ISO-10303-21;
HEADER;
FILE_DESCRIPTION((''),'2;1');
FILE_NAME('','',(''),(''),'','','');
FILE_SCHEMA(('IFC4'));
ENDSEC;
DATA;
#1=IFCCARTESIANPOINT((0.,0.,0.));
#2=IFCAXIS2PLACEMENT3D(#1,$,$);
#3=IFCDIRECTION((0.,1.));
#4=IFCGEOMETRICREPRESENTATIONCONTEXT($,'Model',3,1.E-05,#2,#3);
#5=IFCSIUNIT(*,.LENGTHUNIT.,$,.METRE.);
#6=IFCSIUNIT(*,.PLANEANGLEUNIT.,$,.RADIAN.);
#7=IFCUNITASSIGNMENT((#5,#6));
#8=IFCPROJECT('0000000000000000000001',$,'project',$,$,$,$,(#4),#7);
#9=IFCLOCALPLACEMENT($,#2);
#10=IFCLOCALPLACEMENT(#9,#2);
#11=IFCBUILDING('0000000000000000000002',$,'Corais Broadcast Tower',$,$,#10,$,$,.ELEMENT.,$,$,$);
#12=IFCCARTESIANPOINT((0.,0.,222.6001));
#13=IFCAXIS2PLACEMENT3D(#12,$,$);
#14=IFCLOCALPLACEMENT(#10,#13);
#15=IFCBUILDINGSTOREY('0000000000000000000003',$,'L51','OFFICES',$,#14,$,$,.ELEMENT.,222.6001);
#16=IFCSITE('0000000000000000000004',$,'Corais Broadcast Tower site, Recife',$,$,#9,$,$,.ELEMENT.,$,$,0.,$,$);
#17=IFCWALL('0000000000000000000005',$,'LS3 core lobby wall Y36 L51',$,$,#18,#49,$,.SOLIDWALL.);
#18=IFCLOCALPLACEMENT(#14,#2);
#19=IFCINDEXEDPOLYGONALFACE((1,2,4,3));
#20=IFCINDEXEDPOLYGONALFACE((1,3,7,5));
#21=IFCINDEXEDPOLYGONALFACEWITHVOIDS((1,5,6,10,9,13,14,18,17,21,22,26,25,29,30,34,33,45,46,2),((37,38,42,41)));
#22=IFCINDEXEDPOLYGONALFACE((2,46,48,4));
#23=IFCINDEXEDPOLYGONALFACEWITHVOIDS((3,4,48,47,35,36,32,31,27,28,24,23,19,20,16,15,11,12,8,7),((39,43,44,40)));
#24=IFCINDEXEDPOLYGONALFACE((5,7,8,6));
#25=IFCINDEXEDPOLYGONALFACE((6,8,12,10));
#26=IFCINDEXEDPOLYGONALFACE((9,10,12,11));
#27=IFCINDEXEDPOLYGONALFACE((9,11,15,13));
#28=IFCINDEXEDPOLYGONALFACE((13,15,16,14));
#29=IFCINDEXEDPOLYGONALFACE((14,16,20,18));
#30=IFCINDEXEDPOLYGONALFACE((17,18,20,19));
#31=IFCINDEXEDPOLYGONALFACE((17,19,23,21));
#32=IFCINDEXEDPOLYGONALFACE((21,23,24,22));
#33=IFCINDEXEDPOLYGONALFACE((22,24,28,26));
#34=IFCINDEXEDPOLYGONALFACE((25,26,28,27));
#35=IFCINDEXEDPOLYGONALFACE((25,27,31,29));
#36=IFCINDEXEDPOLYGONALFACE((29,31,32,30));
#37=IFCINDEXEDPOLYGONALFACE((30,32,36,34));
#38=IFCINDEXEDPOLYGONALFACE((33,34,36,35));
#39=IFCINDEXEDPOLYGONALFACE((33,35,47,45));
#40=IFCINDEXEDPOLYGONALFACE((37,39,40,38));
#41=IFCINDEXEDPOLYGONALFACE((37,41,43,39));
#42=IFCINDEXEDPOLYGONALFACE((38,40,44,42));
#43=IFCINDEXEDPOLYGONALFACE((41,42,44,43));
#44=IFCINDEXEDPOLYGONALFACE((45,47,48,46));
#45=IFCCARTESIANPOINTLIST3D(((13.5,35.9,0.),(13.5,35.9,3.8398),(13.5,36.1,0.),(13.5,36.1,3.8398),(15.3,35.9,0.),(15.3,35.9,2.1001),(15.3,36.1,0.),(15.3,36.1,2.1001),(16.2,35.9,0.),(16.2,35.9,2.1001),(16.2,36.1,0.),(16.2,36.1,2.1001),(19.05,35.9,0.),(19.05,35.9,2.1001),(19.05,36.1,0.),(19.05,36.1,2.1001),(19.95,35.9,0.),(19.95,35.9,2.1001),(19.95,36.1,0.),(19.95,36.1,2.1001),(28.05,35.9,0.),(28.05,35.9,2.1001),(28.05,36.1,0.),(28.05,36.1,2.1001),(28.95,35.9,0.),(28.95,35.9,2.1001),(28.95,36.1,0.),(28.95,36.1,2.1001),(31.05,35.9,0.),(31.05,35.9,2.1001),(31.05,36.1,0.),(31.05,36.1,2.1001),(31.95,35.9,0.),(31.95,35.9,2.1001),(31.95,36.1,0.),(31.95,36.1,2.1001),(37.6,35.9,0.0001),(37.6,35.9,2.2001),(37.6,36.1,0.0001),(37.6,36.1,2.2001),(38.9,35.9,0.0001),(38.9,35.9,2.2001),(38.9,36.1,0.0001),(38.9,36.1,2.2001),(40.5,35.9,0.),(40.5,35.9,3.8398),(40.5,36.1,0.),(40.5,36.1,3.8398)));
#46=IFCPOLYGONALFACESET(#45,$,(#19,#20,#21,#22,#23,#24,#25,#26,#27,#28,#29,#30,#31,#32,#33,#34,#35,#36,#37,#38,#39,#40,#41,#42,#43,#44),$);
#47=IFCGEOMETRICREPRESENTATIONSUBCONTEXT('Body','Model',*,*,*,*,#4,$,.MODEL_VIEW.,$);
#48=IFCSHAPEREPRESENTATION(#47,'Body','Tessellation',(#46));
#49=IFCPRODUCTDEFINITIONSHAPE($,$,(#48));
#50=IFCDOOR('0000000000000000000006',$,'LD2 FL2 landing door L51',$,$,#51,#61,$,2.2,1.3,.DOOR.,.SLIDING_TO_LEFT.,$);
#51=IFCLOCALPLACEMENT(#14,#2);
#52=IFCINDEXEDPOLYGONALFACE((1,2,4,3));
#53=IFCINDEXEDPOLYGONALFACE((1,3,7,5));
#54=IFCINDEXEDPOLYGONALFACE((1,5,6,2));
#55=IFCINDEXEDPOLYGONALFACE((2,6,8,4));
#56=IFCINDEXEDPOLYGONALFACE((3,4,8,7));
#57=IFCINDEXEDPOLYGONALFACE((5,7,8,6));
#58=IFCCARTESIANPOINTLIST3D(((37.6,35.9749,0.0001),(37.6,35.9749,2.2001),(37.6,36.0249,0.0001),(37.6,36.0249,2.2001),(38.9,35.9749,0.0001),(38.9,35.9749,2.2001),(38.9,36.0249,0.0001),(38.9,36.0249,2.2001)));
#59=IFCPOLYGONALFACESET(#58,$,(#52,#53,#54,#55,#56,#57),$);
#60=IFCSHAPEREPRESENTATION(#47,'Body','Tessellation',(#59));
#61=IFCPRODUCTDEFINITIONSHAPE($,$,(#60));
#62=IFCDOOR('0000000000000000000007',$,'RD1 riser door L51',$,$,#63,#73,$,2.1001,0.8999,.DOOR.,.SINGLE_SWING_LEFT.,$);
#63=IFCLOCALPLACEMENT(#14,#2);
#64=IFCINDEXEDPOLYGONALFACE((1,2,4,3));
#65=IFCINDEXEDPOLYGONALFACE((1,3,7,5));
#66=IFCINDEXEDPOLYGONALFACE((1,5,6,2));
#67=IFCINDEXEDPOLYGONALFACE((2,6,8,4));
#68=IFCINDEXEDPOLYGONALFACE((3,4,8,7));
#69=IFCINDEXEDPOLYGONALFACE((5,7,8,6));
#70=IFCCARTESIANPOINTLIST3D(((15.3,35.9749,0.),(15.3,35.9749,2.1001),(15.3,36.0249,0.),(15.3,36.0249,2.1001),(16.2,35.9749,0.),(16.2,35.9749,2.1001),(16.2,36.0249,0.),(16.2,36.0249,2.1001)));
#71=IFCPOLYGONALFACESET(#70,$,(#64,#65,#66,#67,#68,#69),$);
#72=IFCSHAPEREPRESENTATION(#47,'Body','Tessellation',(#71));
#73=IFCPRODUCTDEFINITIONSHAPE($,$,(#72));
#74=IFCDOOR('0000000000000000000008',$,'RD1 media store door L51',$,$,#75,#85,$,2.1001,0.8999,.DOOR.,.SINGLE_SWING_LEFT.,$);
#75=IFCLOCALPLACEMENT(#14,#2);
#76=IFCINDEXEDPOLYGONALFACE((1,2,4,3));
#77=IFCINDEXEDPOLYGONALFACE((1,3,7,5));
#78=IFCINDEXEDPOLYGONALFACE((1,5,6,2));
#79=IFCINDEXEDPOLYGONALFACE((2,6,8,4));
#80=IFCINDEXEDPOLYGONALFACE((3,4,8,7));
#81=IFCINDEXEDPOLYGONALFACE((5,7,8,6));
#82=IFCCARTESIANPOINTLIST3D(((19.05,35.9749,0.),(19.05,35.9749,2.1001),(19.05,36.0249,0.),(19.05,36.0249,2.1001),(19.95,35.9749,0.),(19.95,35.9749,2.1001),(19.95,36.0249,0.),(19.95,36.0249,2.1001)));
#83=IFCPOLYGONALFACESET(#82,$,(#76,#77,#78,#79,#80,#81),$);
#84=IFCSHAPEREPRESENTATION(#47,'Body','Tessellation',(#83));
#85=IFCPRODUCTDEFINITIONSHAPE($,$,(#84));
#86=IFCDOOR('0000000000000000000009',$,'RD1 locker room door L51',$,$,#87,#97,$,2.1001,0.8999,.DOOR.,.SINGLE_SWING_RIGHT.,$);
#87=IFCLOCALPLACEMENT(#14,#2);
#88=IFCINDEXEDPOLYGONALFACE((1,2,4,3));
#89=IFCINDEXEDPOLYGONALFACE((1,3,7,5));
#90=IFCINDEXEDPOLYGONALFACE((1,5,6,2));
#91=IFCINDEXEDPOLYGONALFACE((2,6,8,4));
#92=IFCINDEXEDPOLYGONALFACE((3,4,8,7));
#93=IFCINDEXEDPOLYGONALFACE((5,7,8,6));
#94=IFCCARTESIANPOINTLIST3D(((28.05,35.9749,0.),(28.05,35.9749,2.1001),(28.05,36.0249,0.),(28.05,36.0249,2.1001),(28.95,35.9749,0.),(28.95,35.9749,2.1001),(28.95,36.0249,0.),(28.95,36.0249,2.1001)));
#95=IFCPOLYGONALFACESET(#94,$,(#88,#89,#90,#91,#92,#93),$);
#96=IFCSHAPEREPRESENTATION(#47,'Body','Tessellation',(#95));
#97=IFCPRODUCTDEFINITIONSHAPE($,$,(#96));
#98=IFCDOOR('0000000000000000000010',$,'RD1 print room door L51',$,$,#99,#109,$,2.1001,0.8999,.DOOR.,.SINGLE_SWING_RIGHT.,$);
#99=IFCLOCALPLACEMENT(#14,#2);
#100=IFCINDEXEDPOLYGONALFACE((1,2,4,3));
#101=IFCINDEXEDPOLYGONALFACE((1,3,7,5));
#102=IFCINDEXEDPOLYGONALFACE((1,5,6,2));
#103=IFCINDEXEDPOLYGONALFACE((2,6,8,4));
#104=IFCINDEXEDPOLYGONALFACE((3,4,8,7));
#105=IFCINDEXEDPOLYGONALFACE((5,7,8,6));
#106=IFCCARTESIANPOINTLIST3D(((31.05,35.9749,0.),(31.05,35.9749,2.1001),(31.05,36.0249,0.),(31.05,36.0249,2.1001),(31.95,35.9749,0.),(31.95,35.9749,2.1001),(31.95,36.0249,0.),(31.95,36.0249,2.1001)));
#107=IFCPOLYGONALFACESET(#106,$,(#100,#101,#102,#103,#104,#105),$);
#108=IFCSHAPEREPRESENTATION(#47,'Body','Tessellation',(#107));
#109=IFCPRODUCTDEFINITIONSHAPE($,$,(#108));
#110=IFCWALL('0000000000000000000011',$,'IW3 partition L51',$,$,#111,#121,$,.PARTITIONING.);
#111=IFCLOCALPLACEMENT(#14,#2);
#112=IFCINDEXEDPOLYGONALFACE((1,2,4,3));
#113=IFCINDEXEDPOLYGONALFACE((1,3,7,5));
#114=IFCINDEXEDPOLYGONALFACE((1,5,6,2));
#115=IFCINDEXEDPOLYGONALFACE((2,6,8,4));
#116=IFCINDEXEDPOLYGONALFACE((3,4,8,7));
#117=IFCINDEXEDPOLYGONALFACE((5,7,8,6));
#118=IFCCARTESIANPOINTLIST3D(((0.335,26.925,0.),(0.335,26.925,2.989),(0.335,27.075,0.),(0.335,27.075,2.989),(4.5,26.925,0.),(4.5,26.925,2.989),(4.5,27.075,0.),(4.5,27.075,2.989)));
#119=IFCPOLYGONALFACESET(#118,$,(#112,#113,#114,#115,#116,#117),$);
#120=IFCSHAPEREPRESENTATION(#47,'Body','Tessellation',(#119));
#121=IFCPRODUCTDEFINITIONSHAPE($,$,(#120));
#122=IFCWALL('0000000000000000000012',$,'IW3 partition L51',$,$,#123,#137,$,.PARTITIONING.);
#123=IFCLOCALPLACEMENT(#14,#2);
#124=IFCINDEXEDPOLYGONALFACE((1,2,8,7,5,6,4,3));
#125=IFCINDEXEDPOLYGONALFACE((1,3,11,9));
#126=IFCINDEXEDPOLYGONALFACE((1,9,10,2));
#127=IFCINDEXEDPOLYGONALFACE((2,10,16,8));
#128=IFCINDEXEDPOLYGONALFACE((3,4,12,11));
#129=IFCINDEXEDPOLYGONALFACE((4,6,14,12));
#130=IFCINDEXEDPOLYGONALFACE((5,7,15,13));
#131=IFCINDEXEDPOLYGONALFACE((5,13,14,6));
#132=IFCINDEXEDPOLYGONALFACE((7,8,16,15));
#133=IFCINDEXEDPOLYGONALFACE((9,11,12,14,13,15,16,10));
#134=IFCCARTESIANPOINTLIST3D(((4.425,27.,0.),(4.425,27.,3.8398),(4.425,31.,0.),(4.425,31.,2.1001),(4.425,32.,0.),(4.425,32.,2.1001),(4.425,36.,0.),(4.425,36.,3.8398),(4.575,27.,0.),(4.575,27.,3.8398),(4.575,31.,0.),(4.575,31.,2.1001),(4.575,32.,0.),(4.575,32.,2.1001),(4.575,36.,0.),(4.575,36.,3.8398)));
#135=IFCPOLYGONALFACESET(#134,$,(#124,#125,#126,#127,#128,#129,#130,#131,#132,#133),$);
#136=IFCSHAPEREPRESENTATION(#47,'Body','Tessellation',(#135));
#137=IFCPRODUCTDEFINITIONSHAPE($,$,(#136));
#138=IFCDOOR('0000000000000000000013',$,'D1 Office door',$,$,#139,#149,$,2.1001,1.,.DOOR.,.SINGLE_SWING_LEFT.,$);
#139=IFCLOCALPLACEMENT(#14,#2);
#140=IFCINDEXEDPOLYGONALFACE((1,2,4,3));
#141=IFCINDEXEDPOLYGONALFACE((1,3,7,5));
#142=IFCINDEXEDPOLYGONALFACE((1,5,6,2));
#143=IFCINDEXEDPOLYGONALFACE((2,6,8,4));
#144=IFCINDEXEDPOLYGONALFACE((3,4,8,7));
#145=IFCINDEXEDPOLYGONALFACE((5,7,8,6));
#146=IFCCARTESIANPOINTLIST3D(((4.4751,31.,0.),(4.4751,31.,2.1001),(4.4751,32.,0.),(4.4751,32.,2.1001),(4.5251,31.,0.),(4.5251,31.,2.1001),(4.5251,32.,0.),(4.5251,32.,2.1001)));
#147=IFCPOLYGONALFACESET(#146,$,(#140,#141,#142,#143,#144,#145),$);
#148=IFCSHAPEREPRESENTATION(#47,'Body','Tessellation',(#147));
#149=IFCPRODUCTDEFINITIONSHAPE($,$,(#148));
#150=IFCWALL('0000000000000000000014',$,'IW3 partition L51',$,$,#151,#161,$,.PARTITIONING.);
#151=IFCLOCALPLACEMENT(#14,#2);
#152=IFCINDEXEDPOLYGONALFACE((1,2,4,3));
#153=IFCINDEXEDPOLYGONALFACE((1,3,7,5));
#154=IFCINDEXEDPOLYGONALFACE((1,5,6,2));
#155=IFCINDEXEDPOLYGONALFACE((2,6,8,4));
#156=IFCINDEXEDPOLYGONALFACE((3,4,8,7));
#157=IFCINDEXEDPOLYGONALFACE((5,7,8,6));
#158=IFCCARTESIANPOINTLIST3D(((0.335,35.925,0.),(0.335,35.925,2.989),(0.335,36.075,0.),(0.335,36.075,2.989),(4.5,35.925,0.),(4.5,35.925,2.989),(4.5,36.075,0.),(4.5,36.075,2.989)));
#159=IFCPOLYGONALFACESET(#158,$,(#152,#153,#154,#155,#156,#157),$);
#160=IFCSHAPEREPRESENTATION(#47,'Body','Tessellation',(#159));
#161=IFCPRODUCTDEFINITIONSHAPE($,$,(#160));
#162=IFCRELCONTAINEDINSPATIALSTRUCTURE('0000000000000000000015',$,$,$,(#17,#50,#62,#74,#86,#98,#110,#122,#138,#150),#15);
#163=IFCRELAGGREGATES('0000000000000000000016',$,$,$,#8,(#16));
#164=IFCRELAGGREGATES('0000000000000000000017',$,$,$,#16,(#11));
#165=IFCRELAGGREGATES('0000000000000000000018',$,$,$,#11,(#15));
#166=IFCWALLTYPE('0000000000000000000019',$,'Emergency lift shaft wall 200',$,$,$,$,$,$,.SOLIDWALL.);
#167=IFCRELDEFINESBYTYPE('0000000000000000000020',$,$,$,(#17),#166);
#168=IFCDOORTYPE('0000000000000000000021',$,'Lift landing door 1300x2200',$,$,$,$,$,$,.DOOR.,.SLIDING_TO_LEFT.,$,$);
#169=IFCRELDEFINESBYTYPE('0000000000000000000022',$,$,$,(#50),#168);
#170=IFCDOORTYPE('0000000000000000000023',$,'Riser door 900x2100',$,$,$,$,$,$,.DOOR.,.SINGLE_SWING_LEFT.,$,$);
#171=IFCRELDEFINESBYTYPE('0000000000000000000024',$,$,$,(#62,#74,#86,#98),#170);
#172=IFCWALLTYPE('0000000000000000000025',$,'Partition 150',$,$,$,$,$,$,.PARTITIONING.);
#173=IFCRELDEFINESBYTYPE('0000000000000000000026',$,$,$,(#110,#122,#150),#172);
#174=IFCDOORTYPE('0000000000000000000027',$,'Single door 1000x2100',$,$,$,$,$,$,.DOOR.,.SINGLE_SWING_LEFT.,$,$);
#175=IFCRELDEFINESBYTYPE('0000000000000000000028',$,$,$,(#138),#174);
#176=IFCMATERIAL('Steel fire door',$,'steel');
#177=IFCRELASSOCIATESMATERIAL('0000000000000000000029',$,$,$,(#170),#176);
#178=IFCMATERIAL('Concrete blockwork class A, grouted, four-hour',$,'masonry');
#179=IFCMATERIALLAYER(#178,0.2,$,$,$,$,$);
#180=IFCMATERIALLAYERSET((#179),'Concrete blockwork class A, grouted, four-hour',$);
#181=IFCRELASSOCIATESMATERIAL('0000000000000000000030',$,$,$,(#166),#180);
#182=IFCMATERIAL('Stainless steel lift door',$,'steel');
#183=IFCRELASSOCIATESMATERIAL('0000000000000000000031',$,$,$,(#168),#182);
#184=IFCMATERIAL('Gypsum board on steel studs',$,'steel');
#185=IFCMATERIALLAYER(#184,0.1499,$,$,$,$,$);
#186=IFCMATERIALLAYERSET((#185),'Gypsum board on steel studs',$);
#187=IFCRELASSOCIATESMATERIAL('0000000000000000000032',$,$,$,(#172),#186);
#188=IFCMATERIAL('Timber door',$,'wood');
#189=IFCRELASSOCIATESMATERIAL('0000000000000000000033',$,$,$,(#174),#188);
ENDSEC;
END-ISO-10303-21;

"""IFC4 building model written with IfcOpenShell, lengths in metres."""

from ifc_helpers import new_model, si_unit, direction, frame, frame_2d, origin, place, context, subcontext, project, spatial, rectangle, extrude, material, layer, layer_set, type_object, element, fill, save


model = new_model("IFC4")

# Units and contexts
model_context = context("Model", 3, precision=1e-05, world=origin(), true_north=direction((0.0, 1.0)))
body_context = subcontext(model_context, "Body", "Model", "MODEL_VIEW")
ifc_project = project(units=[si_unit("LENGTHUNIT", "METRE"), si_unit("PLANEANGLEUNIT", "RADIAN")], contexts=[model_context])

# Site, building, storey
site_placement = place(None, origin())
site = spatial("IfcSite", under=ifc_project, at=site_placement, Name="Corais Broadcast Tower site, Recife", CompositionType="ELEMENT", RefElevation=0.0)
building_placement = place(site_placement, origin())
building = spatial("IfcBuilding", under=site, at=building_placement, Name="Corais Broadcast Tower", CompositionType="ELEMENT")
storey_placement = place(building_placement, frame((0.0, 0.0, 222.6001)))
storey = spatial("IfcBuildingStorey", under=building, at=storey_placement, Name="L51", Description="OFFICES", CompositionType="ELEMENT", Elevation=222.6001)

# Wall, openings, doors
ifc_material_1 = material(Name="Steel fire door", Category="steel")
door_type_1 = type_object("IfcDoorType", Name="Riser door 900x2100", OperationType="SINGLE_SWING_LEFT", PredefinedType="DOOR", material=ifc_material_1)
ifc_material_2 = material(Name="Concrete blockwork class A, grouted, four-hour", Category="masonry")
ifc_layer_1 = layer(ifc_material_2, 0.2)
ifc_layer_set_1 = layer_set([ifc_layer_1], Name="Concrete blockwork class A, grouted, four-hour")
wall_type_1 = type_object("IfcWallType", Name="Emergency lift shaft wall 200", PredefinedType="SOLIDWALL", material=ifc_layer_set_1)
wall_1_placement = place(storey_placement, frame((13.5, 36.0, 0.0), z_axis=(0.0, 0.0, 1.0), x_axis=(1.0, 0.0, 0.0)))
wall_1 = element("IfcWall", 1, at=wall_1_placement, inside=storey, type_object=wall_type_1, Name="LS3 core lobby wall Y36 L51", PredefinedType="SOLIDWALL", context=body_context, shape_type="SweptSolid", body=[
    extrude(rectangle(XDim=27.0, YDim=0.2, at=frame_2d((13.5, 0.0))), origin(), (0.0, 0.0, 1.0), 3.8398),
])
opening_1_placement = place(wall_1_placement, frame((1.8, 0.0, 0.0)))
opening_1 = element("IfcOpeningElement", 2, at=opening_1_placement, cuts=wall_1, PredefinedType="OPENING", context=body_context, shape_type="SweptSolid", body=[
    extrude(rectangle(XDim=0.8999, YDim=2.1001, at=frame_2d((0.45, 1.05))), frame((0.0, 0.1099, 0.0), z_axis=(0.0, -1.0, 0.0), x_axis=(1.0, 0.0, 0.0)), (0.0, 0.0, 1.0), 0.22),
])
opening_2_placement = place(wall_1_placement, frame((5.55, 0.0, 0.0)))
opening_2 = element("IfcOpeningElement", 3, at=opening_2_placement, cuts=wall_1, PredefinedType="OPENING", context=body_context, shape_type="SweptSolid", body=[
    extrude(rectangle(XDim=0.8999, YDim=2.1001, at=frame_2d((0.45, 1.05))), frame((0.0, 0.1099, 0.0), z_axis=(0.0, -1.0, 0.0), x_axis=(1.0, 0.0, 0.0)), (0.0, 0.0, 1.0), 0.22),
])
opening_3_placement = place(wall_1_placement, frame((14.55, 0.0, 0.0)))
opening_3 = element("IfcOpeningElement", 4, at=opening_3_placement, cuts=wall_1, PredefinedType="OPENING", context=body_context, shape_type="SweptSolid", body=[
    extrude(rectangle(XDim=0.8999, YDim=2.1001, at=frame_2d((0.45, 1.05))), frame((0.0, 0.1099, 0.0), z_axis=(0.0, -1.0, 0.0), x_axis=(1.0, 0.0, 0.0)), (0.0, 0.0, 1.0), 0.22),
])
opening_4_placement = place(wall_1_placement, frame((17.55, 0.0, 0.0)))
opening_4 = element("IfcOpeningElement", 5, at=opening_4_placement, cuts=wall_1, PredefinedType="OPENING", context=body_context, shape_type="SweptSolid", body=[
    extrude(rectangle(XDim=0.8999, YDim=2.1001, at=frame_2d((0.45, 1.05))), frame((0.0, 0.1099, 0.0), z_axis=(0.0, -1.0, 0.0), x_axis=(1.0, 0.0, 0.0)), (0.0, 0.0, 1.0), 0.22),
])
opening_5_placement = place(wall_1_placement, frame((24.1001, 0.0, 0.0)))
opening_5 = element("IfcOpeningElement", 6, at=opening_5_placement, cuts=wall_1, PredefinedType="OPENING", context=body_context, shape_type="SweptSolid", body=[
    extrude(rectangle(XDim=1.3, YDim=2.2, at=frame_2d((0.6499, 1.1001))), frame((0.0, 0.1099, 0.0), z_axis=(0.0, -1.0, 0.0), x_axis=(1.0, 0.0, 0.0)), (0.0, 0.0, 1.0), 0.22),
])
ifc_material_3 = material(Name="Stainless steel lift door", Category="steel")
door_type_2 = type_object("IfcDoorType", Name="Lift landing door 1300x2200", OperationType="SLIDING_TO_LEFT", PredefinedType="DOOR", material=ifc_material_3)
door_1_placement = place(opening_5_placement, origin())
door_1 = element("IfcDoor", 7, at=door_1_placement, inside=storey, type_object=door_type_2, Name="LD2 FL2 landing door L51", OperationType="SLIDING_TO_LEFT", OverallHeight=2.2, OverallWidth=1.3, PredefinedType="DOOR", context=body_context, shape_type="SweptSolid", body=[
    extrude(rectangle(XDim=1.3, YDim=2.2, at=frame_2d((0.6499, 1.1001))), frame((0.0, 0.0249, 0.0), z_axis=(0.0, -1.0, 0.0), x_axis=(1.0, 0.0, 0.0)), (0.0, 0.0, 1.0), 0.05),
])
fill(opening_5, door_1)
door_2_placement = place(opening_1_placement, origin())
door_2 = element("IfcDoor", 8, at=door_2_placement, inside=storey, type_object=door_type_1, Name="RD1 riser door L51", OperationType="SINGLE_SWING_LEFT", OverallHeight=2.1001, OverallWidth=0.8999, PredefinedType="DOOR", context=body_context, shape_type="SweptSolid", body=[
    extrude(rectangle(XDim=0.8999, YDim=2.1001, at=frame_2d((0.45, 1.05))), frame((0.0, 0.0249, 0.0), z_axis=(0.0, -1.0, 0.0), x_axis=(1.0, 0.0, 0.0)), (0.0, 0.0, 1.0), 0.05),
])
fill(opening_1, door_2)
door_3_placement = place(opening_2_placement, origin())
door_3 = element("IfcDoor", 9, at=door_3_placement, inside=storey, type_object=door_type_1, Name="RD1 media store door L51", OperationType="SINGLE_SWING_LEFT", OverallHeight=2.1001, OverallWidth=0.8999, PredefinedType="DOOR", context=body_context, shape_type="SweptSolid", body=[
    extrude(rectangle(XDim=0.8999, YDim=2.1001, at=frame_2d((0.45, 1.05))), frame((0.0, 0.0249, 0.0), z_axis=(0.0, -1.0, 0.0), x_axis=(1.0, 0.0, 0.0)), (0.0, 0.0, 1.0), 0.05),
])
fill(opening_2, door_3)
door_4_placement = place(opening_3_placement, origin())
door_4 = element("IfcDoor", 10, at=door_4_placement, inside=storey, type_object=door_type_1, Name="RD1 locker room door L51", OperationType="SINGLE_SWING_RIGHT", OverallHeight=2.1001, OverallWidth=0.8999, PredefinedType="DOOR", context=body_context, shape_type="SweptSolid", body=[
    extrude(rectangle(XDim=0.8999, YDim=2.1001, at=frame_2d((0.45, 1.05))), frame((0.0, 0.0249, 0.0), z_axis=(0.0, -1.0, 0.0), x_axis=(1.0, 0.0, 0.0)), (0.0, 0.0, 1.0), 0.05),
])
fill(opening_3, door_4)
door_5_placement = place(opening_4_placement, origin())
door_5 = element("IfcDoor", 11, at=door_5_placement, inside=storey, type_object=door_type_1, Name="RD1 print room door L51", OperationType="SINGLE_SWING_RIGHT", OverallHeight=2.1001, OverallWidth=0.8999, PredefinedType="DOOR", context=body_context, shape_type="SweptSolid", body=[
    extrude(rectangle(XDim=0.8999, YDim=2.1001, at=frame_2d((0.45, 1.05))), frame((0.0, 0.0249, 0.0), z_axis=(0.0, -1.0, 0.0), x_axis=(1.0, 0.0, 0.0)), (0.0, 0.0, 1.0), 0.05),
])
fill(opening_4, door_5)

# Wall
ifc_material_4 = material(Name="Gypsum board on steel studs", Category="steel")
ifc_layer_2 = layer(ifc_material_4, 0.1499)
ifc_layer_set_2 = layer_set([ifc_layer_2], Name="Gypsum board on steel studs")
wall_type_2 = type_object("IfcWallType", Name="Partition 150", PredefinedType="PARTITIONING", material=ifc_layer_set_2)
wall_2_placement = place(storey_placement, frame((4.5, 27.0, 0.0), z_axis=(0.0, 0.0, 1.0), x_axis=(-1.0, 0.0, 0.0)))
element("IfcWall", 12, at=wall_2_placement, inside=storey, type_object=wall_type_2, Name="IW3 partition L51", PredefinedType="PARTITIONING", context=body_context, shape_type="SweptSolid", body=[
    extrude(rectangle(XDim=4.165, YDim=0.1499, at=frame_2d((2.0825, 0.0))), origin(), (0.0, 0.0, 1.0), 2.989),
])

# Wall, opening, door
wall_3_placement = place(storey_placement, frame((4.5, 27.0, 0.0), z_axis=(0.0, 0.0, 1.0), x_axis=(0.0, 1.0, 0.0)))
wall_3 = element("IfcWall", 13, at=wall_3_placement, inside=storey, type_object=wall_type_2, Name="IW3 partition L51", PredefinedType="PARTITIONING", context=body_context, shape_type="SweptSolid", body=[
    extrude(rectangle(XDim=9.0, YDim=0.1499, at=frame_2d((4.5, 0.0))), origin(), (0.0, 0.0, 1.0), 3.8398),
])
opening_6_placement = place(wall_3_placement, frame((4.0, 0.0, 0.0)))
opening_6 = element("IfcOpeningElement", 14, at=opening_6_placement, cuts=wall_3, PredefinedType="OPENING", context=body_context, shape_type="SweptSolid", body=[
    extrude(rectangle(XDim=1.0, YDim=2.1001, at=frame_2d((0.5, 1.05))), frame((0.0, 0.085, 0.0), z_axis=(0.0, -1.0, 0.0), x_axis=(1.0, 0.0, 0.0)), (0.0, 0.0, 1.0), 0.1699),
])
ifc_material_5 = material(Name="Timber door", Category="wood")
door_type_3 = type_object("IfcDoorType", Name="Single door 1000x2100", OperationType="SINGLE_SWING_LEFT", PredefinedType="DOOR", material=ifc_material_5)
door_6_placement = place(opening_6_placement, origin())
door_6 = element("IfcDoor", 15, at=door_6_placement, inside=storey, type_object=door_type_3, Name="D1 Office door", OperationType="SINGLE_SWING_LEFT", OverallHeight=2.1001, OverallWidth=1.0, PredefinedType="DOOR", context=body_context, shape_type="SweptSolid", body=[
    extrude(rectangle(XDim=1.0, YDim=2.1001, at=frame_2d((0.5, 1.05))), frame((0.0, 0.0249, 0.0), z_axis=(0.0, -1.0, 0.0), x_axis=(1.0, 0.0, 0.0)), (0.0, 0.0, 1.0), 0.05),
])
fill(opening_6, door_6)

# Wall
wall_4_placement = place(storey_placement, frame((4.5, 36.0, 0.0), z_axis=(0.0, 0.0, 1.0), x_axis=(-1.0, 0.0, 0.0)))
element("IfcWall", 16, at=wall_4_placement, inside=storey, type_object=wall_type_2, Name="IW3 partition L51", PredefinedType="PARTITIONING", context=body_context, shape_type="SweptSolid", body=[
    extrude(rectangle(XDim=4.165, YDim=0.1499, at=frame_2d((2.0825, 0.0))), origin(), (0.0, 0.0, 1.0), 2.989),
])

save(model, "model.ifc")
